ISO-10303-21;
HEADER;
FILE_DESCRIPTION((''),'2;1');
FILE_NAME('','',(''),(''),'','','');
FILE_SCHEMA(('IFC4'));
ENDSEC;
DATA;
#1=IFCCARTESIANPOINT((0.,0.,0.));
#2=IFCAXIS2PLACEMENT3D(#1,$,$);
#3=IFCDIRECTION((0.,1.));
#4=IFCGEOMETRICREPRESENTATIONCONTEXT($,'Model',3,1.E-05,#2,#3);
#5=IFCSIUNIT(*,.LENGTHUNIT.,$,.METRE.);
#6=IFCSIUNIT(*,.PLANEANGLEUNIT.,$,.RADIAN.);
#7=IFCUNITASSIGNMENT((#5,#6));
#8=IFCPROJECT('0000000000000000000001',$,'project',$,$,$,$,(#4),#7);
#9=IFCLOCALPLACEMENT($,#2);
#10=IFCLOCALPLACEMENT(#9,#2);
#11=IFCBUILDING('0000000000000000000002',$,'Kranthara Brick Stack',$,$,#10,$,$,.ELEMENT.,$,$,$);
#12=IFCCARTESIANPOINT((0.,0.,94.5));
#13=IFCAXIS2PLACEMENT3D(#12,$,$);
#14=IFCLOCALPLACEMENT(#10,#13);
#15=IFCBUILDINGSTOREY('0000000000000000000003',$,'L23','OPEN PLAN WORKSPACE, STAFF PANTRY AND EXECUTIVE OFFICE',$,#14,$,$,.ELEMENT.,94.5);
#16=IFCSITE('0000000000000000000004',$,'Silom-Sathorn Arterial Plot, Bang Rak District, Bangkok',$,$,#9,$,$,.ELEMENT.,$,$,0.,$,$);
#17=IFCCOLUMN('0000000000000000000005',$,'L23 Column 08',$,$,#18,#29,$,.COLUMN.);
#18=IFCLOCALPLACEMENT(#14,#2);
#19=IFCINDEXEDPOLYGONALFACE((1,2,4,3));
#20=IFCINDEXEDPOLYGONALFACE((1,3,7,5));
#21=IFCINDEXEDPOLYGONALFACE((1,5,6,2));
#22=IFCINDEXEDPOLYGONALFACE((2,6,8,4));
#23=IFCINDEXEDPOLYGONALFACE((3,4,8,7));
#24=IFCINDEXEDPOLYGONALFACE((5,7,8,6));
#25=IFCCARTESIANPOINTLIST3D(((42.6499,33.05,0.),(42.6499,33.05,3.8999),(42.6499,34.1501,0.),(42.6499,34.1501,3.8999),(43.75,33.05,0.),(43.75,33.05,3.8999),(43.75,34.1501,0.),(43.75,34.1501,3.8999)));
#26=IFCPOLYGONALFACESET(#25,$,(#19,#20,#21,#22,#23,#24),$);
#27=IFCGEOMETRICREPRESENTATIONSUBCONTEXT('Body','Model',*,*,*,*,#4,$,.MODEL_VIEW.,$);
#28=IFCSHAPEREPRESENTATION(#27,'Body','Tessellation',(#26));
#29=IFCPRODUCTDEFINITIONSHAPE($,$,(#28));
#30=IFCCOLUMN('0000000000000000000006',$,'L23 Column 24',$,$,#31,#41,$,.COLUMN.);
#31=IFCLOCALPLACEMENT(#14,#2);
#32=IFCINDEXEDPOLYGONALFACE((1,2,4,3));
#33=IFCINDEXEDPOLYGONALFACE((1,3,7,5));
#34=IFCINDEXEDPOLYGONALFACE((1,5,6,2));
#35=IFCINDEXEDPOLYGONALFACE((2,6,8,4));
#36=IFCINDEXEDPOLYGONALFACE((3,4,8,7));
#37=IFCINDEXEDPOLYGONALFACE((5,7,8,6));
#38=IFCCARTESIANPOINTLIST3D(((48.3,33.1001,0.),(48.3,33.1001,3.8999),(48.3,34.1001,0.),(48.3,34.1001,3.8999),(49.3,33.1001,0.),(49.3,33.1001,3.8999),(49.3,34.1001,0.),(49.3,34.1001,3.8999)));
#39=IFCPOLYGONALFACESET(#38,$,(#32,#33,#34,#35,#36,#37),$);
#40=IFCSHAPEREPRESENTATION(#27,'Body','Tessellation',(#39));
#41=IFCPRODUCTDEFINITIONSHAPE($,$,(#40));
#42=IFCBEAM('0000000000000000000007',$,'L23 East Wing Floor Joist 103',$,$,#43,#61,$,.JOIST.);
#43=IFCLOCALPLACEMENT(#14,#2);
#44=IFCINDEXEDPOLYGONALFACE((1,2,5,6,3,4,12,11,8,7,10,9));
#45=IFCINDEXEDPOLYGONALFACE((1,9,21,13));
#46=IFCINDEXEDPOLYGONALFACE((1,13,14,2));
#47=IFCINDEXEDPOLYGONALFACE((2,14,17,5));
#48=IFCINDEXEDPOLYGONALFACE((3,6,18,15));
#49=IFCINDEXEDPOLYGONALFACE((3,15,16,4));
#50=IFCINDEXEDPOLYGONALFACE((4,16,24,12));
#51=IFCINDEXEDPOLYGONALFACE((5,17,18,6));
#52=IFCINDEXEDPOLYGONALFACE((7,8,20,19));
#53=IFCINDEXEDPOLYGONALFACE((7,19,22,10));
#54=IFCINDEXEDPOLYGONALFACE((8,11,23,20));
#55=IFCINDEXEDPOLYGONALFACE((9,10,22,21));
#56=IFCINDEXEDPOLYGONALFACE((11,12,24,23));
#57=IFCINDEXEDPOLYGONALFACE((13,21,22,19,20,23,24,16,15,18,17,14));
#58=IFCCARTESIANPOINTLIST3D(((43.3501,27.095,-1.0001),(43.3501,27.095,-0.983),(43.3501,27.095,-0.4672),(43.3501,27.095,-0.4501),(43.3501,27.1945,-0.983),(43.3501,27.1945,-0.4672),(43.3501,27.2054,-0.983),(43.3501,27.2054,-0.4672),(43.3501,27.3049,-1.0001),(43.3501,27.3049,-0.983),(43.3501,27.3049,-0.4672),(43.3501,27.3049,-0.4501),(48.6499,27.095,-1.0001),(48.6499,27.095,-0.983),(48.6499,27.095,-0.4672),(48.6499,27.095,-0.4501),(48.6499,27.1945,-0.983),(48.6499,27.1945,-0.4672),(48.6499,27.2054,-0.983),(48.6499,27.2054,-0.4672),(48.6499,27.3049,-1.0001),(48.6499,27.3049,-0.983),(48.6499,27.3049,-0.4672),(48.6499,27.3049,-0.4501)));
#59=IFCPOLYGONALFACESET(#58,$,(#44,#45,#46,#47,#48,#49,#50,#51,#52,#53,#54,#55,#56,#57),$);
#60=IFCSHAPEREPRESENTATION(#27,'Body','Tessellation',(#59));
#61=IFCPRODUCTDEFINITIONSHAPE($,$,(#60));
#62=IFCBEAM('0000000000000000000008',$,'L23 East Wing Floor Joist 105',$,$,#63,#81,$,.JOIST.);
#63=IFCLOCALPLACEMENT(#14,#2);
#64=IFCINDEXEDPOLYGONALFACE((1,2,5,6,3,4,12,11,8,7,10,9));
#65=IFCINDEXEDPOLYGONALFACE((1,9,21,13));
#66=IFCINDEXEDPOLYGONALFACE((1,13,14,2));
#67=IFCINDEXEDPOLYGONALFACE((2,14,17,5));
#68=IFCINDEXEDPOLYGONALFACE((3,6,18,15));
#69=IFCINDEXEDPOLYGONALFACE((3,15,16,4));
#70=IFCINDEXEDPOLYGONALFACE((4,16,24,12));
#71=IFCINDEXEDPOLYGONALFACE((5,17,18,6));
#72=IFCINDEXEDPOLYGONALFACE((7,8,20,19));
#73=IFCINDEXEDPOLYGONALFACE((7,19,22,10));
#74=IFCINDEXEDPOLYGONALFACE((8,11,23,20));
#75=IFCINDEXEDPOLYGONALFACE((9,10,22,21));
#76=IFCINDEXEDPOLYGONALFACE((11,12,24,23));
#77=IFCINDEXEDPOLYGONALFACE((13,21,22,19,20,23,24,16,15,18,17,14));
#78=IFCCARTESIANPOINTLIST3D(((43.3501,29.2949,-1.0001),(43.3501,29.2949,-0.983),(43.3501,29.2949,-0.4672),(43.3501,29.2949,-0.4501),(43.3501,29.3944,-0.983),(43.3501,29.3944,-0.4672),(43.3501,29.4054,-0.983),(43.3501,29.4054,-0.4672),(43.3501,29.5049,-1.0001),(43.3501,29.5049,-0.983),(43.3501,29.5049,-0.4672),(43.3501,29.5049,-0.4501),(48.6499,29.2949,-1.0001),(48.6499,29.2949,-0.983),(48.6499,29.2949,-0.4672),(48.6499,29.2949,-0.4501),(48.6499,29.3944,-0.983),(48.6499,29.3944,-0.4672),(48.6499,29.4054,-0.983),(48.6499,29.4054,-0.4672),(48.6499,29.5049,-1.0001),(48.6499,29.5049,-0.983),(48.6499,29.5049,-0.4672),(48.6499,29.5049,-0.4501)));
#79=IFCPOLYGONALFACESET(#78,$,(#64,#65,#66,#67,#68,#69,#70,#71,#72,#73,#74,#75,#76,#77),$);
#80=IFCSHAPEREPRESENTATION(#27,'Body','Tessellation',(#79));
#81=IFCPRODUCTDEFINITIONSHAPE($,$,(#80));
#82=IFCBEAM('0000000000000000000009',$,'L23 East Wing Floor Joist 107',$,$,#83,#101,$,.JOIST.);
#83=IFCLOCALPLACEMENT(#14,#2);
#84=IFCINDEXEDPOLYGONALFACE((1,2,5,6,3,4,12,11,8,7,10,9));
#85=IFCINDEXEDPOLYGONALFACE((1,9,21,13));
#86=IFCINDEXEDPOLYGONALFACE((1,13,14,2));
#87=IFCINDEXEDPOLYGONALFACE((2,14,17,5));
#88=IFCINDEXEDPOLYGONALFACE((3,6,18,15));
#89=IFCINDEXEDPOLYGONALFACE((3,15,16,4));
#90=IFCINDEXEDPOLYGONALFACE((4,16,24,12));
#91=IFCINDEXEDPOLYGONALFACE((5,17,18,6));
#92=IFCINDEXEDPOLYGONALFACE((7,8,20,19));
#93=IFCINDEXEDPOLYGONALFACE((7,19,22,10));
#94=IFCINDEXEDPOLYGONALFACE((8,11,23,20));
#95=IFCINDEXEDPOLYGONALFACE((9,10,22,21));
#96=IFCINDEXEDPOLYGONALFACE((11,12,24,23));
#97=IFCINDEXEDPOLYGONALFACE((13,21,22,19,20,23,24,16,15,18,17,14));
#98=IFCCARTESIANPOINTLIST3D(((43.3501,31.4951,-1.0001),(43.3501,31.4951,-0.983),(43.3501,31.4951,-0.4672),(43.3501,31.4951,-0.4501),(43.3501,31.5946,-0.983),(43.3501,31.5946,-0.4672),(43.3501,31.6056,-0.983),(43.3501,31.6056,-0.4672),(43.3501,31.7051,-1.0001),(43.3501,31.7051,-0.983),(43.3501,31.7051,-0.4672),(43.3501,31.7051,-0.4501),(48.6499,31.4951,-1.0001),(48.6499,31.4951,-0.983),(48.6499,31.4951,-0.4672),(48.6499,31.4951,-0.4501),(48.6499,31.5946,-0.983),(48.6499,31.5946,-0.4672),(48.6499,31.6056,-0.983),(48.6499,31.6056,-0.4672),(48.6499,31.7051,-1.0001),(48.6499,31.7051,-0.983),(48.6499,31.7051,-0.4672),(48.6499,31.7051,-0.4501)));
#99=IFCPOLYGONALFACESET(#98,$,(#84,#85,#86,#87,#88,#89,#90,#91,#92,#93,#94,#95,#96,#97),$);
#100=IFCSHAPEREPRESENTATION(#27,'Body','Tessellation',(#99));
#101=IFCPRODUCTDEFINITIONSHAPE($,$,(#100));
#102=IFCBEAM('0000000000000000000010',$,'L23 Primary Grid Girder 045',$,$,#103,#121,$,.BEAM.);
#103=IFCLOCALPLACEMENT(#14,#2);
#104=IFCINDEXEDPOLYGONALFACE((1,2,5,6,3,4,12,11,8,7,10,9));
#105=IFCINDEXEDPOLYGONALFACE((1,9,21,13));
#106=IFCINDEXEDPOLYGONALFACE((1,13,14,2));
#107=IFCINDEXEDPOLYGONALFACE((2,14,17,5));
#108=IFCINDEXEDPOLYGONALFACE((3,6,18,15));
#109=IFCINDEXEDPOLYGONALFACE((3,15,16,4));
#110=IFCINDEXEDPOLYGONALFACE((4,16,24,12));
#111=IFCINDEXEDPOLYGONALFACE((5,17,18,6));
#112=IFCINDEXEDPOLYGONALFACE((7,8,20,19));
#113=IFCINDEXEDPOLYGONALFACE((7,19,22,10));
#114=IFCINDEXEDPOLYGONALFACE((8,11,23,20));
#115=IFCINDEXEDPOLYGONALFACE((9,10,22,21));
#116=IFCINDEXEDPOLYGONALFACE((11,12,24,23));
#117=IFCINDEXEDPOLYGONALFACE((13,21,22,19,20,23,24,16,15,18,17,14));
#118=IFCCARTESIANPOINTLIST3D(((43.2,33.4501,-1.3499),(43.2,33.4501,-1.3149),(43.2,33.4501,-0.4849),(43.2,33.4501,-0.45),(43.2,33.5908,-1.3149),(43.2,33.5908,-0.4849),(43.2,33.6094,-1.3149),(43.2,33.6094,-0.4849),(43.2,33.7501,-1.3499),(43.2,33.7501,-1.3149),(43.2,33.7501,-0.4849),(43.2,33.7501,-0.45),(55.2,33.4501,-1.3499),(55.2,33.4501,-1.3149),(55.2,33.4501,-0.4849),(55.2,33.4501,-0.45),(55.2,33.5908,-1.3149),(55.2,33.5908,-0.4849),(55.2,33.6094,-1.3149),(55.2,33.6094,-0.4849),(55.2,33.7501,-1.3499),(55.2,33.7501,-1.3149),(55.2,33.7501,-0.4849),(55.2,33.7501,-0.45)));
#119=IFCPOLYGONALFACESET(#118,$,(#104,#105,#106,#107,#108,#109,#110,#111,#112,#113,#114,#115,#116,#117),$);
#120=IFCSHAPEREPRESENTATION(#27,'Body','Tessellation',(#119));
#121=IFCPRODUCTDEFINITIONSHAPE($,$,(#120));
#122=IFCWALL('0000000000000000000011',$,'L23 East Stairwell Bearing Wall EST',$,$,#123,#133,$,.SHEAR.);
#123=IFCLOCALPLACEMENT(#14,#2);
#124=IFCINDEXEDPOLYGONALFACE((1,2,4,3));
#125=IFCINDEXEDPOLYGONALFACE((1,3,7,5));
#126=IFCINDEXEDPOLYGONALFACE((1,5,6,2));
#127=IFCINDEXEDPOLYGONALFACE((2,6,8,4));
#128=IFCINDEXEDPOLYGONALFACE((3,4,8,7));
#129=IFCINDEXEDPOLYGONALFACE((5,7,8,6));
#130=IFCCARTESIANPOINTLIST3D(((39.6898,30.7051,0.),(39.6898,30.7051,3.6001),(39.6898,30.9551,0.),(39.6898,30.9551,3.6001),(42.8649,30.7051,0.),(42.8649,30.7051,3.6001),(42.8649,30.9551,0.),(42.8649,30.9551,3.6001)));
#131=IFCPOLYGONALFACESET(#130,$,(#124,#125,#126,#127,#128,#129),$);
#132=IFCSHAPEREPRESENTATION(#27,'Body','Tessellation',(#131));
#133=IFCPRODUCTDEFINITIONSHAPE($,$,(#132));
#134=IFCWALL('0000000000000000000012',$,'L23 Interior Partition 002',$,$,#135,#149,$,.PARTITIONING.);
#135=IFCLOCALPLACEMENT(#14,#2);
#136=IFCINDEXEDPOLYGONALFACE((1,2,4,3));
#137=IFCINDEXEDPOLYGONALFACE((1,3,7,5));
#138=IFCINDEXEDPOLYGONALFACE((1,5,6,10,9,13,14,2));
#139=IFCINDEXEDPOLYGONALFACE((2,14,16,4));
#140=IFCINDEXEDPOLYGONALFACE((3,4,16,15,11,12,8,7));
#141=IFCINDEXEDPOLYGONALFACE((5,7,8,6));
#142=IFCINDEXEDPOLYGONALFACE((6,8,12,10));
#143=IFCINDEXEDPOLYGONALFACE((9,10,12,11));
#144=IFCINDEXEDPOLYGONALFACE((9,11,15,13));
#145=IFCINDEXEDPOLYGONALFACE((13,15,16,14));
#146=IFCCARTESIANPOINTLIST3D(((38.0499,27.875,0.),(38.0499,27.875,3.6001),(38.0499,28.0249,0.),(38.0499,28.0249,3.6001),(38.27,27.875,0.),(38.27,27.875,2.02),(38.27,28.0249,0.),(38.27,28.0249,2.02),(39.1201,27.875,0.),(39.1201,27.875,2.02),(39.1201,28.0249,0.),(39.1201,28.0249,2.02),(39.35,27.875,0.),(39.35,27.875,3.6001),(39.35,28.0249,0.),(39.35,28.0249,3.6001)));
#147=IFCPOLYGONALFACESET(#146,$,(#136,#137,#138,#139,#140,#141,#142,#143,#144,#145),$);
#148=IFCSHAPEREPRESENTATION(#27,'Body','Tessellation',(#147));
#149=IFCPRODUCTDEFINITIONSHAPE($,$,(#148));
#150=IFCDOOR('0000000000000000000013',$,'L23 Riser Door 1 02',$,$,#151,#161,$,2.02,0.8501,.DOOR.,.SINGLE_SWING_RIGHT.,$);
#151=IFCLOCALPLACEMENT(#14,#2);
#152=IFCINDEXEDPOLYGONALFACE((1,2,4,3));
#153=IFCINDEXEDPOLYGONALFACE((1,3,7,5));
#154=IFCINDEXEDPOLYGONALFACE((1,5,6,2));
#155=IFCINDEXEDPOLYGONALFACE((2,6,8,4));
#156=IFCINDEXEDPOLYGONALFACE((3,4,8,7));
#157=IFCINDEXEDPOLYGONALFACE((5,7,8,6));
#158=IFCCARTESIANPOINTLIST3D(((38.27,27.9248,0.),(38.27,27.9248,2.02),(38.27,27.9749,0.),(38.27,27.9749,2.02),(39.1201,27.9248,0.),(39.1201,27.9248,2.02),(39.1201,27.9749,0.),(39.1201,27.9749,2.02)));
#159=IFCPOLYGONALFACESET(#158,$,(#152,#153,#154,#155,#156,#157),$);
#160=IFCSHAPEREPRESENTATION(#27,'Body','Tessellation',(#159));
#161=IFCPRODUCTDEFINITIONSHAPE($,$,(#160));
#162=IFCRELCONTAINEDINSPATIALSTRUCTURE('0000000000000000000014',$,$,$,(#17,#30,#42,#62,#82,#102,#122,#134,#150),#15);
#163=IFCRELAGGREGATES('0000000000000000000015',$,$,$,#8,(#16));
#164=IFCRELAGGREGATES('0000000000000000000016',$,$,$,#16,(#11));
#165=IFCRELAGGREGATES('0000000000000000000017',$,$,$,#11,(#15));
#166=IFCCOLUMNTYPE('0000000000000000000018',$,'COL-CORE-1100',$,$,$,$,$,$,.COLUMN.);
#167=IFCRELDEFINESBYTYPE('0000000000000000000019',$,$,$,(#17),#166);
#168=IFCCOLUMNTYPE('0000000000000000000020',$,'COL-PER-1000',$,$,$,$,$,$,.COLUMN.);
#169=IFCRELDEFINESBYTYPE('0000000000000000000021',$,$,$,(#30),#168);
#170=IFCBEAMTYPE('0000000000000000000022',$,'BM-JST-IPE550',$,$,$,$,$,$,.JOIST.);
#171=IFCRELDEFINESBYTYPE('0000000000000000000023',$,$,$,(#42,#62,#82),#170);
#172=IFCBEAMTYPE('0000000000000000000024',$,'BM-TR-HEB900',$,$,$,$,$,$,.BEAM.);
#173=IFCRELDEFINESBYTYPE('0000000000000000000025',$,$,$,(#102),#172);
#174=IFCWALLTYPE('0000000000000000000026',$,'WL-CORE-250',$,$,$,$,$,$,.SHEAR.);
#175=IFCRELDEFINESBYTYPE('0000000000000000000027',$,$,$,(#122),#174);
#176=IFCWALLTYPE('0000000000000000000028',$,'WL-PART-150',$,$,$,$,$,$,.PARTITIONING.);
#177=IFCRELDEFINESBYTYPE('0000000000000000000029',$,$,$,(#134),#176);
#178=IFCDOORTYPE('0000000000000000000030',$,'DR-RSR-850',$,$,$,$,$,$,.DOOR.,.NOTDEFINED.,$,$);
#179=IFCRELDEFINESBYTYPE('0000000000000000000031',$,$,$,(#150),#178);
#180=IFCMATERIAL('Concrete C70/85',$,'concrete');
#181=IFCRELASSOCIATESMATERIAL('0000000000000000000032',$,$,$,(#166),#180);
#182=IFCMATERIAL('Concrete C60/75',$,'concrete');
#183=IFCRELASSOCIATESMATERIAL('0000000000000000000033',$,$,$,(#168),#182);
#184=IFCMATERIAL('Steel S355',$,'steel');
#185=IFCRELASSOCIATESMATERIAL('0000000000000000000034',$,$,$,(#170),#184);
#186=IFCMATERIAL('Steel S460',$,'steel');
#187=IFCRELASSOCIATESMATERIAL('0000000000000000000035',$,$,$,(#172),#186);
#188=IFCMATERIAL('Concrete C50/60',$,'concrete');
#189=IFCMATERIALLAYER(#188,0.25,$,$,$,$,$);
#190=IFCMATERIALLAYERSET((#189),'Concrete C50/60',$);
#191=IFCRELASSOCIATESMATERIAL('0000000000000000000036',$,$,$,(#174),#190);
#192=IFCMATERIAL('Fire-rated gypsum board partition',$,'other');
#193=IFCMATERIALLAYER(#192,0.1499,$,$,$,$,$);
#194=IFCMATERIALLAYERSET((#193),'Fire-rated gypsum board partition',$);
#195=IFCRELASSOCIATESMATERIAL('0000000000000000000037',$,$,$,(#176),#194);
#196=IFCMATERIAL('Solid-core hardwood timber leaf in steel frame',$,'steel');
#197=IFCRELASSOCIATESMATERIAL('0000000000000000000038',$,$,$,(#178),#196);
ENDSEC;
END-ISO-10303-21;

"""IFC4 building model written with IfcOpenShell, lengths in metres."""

from ifc_helpers import new_model, si_unit, direction, frame, frame_2d, origin, origin_2d, place, context, subcontext, project, spatial, rectangle, i_section, extrude, material, layer, layer_set, material_profile, profile_set, type_object, element, fill, save


model = new_model("IFC4")

# Units and contexts
model_context = context("Model", 3, precision=1e-05, world=origin(), true_north=direction((0.0, 1.0)))
body_context = subcontext(model_context, "Body", "Model", "MODEL_VIEW")
ifc_project = project(units=[si_unit("LENGTHUNIT", "METRE"), si_unit("PLANEANGLEUNIT", "RADIAN")], contexts=[model_context])

# Site, building, storey
site_placement = place(None, origin())
site = spatial("IfcSite", under=ifc_project, at=site_placement, Name="Silom-Sathorn Arterial Plot, Bang Rak District, Bangkok", CompositionType="ELEMENT", RefElevation=0.0)
building_placement = place(site_placement, origin())
building = spatial("IfcBuilding", under=site, at=building_placement, Name="Kranthara Brick Stack", CompositionType="ELEMENT")
storey_placement = place(building_placement, frame((0.0, 0.0, 94.5)))
storey = spatial("IfcBuildingStorey", under=building, at=storey_placement, Name="L23", Description="OPEN PLAN WORKSPACE, STAFF PANTRY AND EXECUTIVE OFFICE", CompositionType="ELEMENT", Elevation=94.5)

# Columns
ifc_material_1 = material(Name="Concrete C70/85", Category="concrete")
ifc_material_profile_1 = material_profile(ifc_material_1, rectangle(XDim=1.1001, YDim=1.1001, at=origin_2d()), Name="RC 1100x1100")
ifc_profile_set_1 = profile_set([ifc_material_profile_1], Name="Concrete C70/85")
column_type_1 = type_object("IfcColumnType", Name="COL-CORE-1100", PredefinedType="COLUMN", material=ifc_profile_set_1)
column_1_placement = place(storey_placement, frame((43.2, 33.6001, 0.0), z_axis=(0.0, 0.0, 1.0), x_axis=(1.0, 0.0, 0.0)))
element("IfcColumn", 1, at=column_1_placement, inside=storey, type_object=column_type_1, Name="L23 Column 08", PredefinedType="COLUMN", context=body_context, shape_type="SweptSolid", body=[
    extrude(rectangle(XDim=1.1001, YDim=1.1001, at=origin_2d()), origin(), (0.0, 0.0, 1.0), 3.8999),
])
ifc_material_2 = material(Name="Concrete C60/75", Category="concrete")
ifc_material_profile_2 = material_profile(ifc_material_2, rectangle(XDim=1.0, YDim=1.0, at=origin_2d()), Name="RC 1000x1000")
ifc_profile_set_2 = profile_set([ifc_material_profile_2], Name="Concrete C60/75")
column_type_2 = type_object("IfcColumnType", Name="COL-PER-1000", PredefinedType="COLUMN", material=ifc_profile_set_2)
column_2_placement = place(storey_placement, frame((48.8, 33.6001, 0.0), z_axis=(0.0, 0.0, 1.0), x_axis=(1.0, 0.0, 0.0)))
element("IfcColumn", 2, at=column_2_placement, inside=storey, type_object=column_type_2, Name="L23 Column 24", PredefinedType="COLUMN", context=body_context, shape_type="SweptSolid", body=[
    extrude(rectangle(XDim=1.0, YDim=1.0, at=origin_2d()), origin(), (0.0, 0.0, 1.0), 3.8999),
])

# Beams
ifc_material_3 = material(Name="Steel S355", Category="steel")
ifc_material_profile_3 = material_profile(ifc_material_3, i_section(OverallWidth=0.21, OverallDepth=0.55, WebThickness=0.011, FlangeThickness=0.0171, at=origin_2d()), Name="IPE 550")
ifc_profile_set_3 = profile_set([ifc_material_profile_3], Name="Steel S355")
beam_type_1 = type_object("IfcBeamType", Name="BM-JST-IPE550", PredefinedType="JOIST", material=ifc_profile_set_3)
for number, where, z_axis, x_axis, name in (
    (3, (43.3501, 27.2, -0.7251), (1.0, 0.0, 0.0), (0.0, 1.0, 0.0), "L23 East Wing Floor Joist 103"),
    (4, (43.3501, 29.3999, -0.7251), (1.0, 0.0, 0.0), (0.0, 1.0, 0.0), "L23 East Wing Floor Joist 105"),
    (5, (43.3501, 31.6001, -0.7251), (1.0, 0.0, 0.0), (0.0, 1.0, 0.0), "L23 East Wing Floor Joist 107"),
):
    element("IfcBeam", number, at=place(storey_placement, frame(where, z_axis=z_axis, x_axis=x_axis)), inside=storey, type_object=beam_type_1, Name=name, PredefinedType="JOIST", context=body_context, shape_type="SweptSolid", body=[
        extrude(i_section(OverallWidth=0.21, OverallDepth=0.55, WebThickness=0.011, FlangeThickness=0.0171, at=origin_2d()), origin(), (0.0, 0.0, 1.0), 5.2998),
    ])
ifc_material_4 = material(Name="Steel S460", Category="steel")
ifc_material_profile_4 = material_profile(ifc_material_4, i_section(OverallWidth=0.3, OverallDepth=0.8999, WebThickness=0.0186, FlangeThickness=0.0349, at=origin_2d()), Name="HEB 900")
ifc_profile_set_4 = profile_set([ifc_material_profile_4], Name="Steel S460")
beam_type_2 = type_object("IfcBeamType", Name="BM-TR-HEB900", PredefinedType="BEAM", material=ifc_profile_set_4)
beam_placement = place(storey_placement, frame((43.2, 33.6001, -0.8999), z_axis=(1.0, 0.0, 0.0), x_axis=(0.0, 1.0, 0.0)))
element("IfcBeam", 6, at=beam_placement, inside=storey, type_object=beam_type_2, Name="L23 Primary Grid Girder 045", PredefinedType="BEAM", context=body_context, shape_type="SweptSolid", body=[
    extrude(i_section(OverallWidth=0.3, OverallDepth=0.8999, WebThickness=0.0186, FlangeThickness=0.0349, at=origin_2d()), origin(), (0.0, 0.0, 1.0), 12.0),
])

# Wall
ifc_material_5 = material(Name="Concrete C50/60", Category="concrete")
ifc_layer_1 = layer(ifc_material_5, 0.25)
ifc_layer_set_1 = layer_set([ifc_layer_1], Name="Concrete C50/60")
wall_type_1 = type_object("IfcWallType", Name="WL-CORE-250", PredefinedType="SHEAR", material=ifc_layer_set_1)
wall_1_placement = place(storey_placement, frame((39.6899, 30.8301, 0.0), z_axis=(0.0, 0.0, 1.0), x_axis=(1.0, 0.0, 0.0)))
element("IfcWall", 7, at=wall_1_placement, inside=storey, type_object=wall_type_1, Name="L23 East Stairwell Bearing Wall EST", PredefinedType="SHEAR", context=body_context, shape_type="SweptSolid", body=[
    extrude(rectangle(XDim=3.175, YDim=0.25, at=frame_2d((1.5874, 0.0))), origin(), (0.0, 0.0, 1.0), 3.6001),
])

# Wall, opening, door
ifc_material_6 = material(Name="Fire-rated gypsum board partition", Category="other")
ifc_layer_2 = layer(ifc_material_6, 0.1499)
ifc_layer_set_2 = layer_set([ifc_layer_2], Name="Fire-rated gypsum board partition")
wall_type_2 = type_object("IfcWallType", Name="WL-PART-150", PredefinedType="PARTITIONING", material=ifc_layer_set_2)
wall_2_placement = place(storey_placement, frame((38.05, 27.95, 0.0), z_axis=(0.0, 0.0, 1.0), x_axis=(1.0, 0.0, 0.0)))
wall_2 = element("IfcWall", 8, at=wall_2_placement, inside=storey, type_object=wall_type_2, Name="L23 Interior Partition 002", PredefinedType="PARTITIONING", context=body_context, shape_type="SweptSolid", body=[
    extrude(rectangle(XDim=1.3, YDim=0.1499, at=frame_2d((0.6499, 0.0))), origin(), (0.0, 0.0, 1.0), 3.6001),
])
opening_1_placement = place(wall_2_placement, frame((0.22, 0.0, 0.0)))
opening_1 = element("IfcOpeningElement", 9, at=opening_1_placement, cuts=wall_2, PredefinedType="OPENING", context=body_context, shape_type="SweptSolid", body=[
    extrude(rectangle(XDim=0.8501, YDim=2.02, at=frame_2d((0.425, 1.01))), frame((0.0, 0.085, 0.0), z_axis=(0.0, -1.0, 0.0), x_axis=(1.0, 0.0, 0.0)), (0.0, 0.0, 1.0), 0.1699),
])
ifc_material_7 = material(Name="Solid-core hardwood timber leaf in steel frame", Category="steel")
door_type = type_object("IfcDoorType", Name="DR-RSR-850", OperationType="NOTDEFINED", PredefinedType="DOOR", material=ifc_material_7)
door_1_placement = place(opening_1_placement, origin())
door_1 = element("IfcDoor", 10, at=door_1_placement, inside=storey, type_object=door_type, Name="L23 Riser Door 1 02", OperationType="SINGLE_SWING_RIGHT", OverallHeight=2.02, OverallWidth=0.8501, PredefinedType="DOOR", context=body_context, shape_type="SweptSolid", body=[
    extrude(rectangle(XDim=0.8501, YDim=2.02, at=frame_2d((0.425, 1.01))), frame((0.0, 0.0249, 0.0), z_axis=(0.0, -1.0, 0.0), x_axis=(1.0, 0.0, 0.0)), (0.0, 0.0, 1.0), 0.05),
])
fill(opening_1, door_1)

save(model, "model.ifc")
